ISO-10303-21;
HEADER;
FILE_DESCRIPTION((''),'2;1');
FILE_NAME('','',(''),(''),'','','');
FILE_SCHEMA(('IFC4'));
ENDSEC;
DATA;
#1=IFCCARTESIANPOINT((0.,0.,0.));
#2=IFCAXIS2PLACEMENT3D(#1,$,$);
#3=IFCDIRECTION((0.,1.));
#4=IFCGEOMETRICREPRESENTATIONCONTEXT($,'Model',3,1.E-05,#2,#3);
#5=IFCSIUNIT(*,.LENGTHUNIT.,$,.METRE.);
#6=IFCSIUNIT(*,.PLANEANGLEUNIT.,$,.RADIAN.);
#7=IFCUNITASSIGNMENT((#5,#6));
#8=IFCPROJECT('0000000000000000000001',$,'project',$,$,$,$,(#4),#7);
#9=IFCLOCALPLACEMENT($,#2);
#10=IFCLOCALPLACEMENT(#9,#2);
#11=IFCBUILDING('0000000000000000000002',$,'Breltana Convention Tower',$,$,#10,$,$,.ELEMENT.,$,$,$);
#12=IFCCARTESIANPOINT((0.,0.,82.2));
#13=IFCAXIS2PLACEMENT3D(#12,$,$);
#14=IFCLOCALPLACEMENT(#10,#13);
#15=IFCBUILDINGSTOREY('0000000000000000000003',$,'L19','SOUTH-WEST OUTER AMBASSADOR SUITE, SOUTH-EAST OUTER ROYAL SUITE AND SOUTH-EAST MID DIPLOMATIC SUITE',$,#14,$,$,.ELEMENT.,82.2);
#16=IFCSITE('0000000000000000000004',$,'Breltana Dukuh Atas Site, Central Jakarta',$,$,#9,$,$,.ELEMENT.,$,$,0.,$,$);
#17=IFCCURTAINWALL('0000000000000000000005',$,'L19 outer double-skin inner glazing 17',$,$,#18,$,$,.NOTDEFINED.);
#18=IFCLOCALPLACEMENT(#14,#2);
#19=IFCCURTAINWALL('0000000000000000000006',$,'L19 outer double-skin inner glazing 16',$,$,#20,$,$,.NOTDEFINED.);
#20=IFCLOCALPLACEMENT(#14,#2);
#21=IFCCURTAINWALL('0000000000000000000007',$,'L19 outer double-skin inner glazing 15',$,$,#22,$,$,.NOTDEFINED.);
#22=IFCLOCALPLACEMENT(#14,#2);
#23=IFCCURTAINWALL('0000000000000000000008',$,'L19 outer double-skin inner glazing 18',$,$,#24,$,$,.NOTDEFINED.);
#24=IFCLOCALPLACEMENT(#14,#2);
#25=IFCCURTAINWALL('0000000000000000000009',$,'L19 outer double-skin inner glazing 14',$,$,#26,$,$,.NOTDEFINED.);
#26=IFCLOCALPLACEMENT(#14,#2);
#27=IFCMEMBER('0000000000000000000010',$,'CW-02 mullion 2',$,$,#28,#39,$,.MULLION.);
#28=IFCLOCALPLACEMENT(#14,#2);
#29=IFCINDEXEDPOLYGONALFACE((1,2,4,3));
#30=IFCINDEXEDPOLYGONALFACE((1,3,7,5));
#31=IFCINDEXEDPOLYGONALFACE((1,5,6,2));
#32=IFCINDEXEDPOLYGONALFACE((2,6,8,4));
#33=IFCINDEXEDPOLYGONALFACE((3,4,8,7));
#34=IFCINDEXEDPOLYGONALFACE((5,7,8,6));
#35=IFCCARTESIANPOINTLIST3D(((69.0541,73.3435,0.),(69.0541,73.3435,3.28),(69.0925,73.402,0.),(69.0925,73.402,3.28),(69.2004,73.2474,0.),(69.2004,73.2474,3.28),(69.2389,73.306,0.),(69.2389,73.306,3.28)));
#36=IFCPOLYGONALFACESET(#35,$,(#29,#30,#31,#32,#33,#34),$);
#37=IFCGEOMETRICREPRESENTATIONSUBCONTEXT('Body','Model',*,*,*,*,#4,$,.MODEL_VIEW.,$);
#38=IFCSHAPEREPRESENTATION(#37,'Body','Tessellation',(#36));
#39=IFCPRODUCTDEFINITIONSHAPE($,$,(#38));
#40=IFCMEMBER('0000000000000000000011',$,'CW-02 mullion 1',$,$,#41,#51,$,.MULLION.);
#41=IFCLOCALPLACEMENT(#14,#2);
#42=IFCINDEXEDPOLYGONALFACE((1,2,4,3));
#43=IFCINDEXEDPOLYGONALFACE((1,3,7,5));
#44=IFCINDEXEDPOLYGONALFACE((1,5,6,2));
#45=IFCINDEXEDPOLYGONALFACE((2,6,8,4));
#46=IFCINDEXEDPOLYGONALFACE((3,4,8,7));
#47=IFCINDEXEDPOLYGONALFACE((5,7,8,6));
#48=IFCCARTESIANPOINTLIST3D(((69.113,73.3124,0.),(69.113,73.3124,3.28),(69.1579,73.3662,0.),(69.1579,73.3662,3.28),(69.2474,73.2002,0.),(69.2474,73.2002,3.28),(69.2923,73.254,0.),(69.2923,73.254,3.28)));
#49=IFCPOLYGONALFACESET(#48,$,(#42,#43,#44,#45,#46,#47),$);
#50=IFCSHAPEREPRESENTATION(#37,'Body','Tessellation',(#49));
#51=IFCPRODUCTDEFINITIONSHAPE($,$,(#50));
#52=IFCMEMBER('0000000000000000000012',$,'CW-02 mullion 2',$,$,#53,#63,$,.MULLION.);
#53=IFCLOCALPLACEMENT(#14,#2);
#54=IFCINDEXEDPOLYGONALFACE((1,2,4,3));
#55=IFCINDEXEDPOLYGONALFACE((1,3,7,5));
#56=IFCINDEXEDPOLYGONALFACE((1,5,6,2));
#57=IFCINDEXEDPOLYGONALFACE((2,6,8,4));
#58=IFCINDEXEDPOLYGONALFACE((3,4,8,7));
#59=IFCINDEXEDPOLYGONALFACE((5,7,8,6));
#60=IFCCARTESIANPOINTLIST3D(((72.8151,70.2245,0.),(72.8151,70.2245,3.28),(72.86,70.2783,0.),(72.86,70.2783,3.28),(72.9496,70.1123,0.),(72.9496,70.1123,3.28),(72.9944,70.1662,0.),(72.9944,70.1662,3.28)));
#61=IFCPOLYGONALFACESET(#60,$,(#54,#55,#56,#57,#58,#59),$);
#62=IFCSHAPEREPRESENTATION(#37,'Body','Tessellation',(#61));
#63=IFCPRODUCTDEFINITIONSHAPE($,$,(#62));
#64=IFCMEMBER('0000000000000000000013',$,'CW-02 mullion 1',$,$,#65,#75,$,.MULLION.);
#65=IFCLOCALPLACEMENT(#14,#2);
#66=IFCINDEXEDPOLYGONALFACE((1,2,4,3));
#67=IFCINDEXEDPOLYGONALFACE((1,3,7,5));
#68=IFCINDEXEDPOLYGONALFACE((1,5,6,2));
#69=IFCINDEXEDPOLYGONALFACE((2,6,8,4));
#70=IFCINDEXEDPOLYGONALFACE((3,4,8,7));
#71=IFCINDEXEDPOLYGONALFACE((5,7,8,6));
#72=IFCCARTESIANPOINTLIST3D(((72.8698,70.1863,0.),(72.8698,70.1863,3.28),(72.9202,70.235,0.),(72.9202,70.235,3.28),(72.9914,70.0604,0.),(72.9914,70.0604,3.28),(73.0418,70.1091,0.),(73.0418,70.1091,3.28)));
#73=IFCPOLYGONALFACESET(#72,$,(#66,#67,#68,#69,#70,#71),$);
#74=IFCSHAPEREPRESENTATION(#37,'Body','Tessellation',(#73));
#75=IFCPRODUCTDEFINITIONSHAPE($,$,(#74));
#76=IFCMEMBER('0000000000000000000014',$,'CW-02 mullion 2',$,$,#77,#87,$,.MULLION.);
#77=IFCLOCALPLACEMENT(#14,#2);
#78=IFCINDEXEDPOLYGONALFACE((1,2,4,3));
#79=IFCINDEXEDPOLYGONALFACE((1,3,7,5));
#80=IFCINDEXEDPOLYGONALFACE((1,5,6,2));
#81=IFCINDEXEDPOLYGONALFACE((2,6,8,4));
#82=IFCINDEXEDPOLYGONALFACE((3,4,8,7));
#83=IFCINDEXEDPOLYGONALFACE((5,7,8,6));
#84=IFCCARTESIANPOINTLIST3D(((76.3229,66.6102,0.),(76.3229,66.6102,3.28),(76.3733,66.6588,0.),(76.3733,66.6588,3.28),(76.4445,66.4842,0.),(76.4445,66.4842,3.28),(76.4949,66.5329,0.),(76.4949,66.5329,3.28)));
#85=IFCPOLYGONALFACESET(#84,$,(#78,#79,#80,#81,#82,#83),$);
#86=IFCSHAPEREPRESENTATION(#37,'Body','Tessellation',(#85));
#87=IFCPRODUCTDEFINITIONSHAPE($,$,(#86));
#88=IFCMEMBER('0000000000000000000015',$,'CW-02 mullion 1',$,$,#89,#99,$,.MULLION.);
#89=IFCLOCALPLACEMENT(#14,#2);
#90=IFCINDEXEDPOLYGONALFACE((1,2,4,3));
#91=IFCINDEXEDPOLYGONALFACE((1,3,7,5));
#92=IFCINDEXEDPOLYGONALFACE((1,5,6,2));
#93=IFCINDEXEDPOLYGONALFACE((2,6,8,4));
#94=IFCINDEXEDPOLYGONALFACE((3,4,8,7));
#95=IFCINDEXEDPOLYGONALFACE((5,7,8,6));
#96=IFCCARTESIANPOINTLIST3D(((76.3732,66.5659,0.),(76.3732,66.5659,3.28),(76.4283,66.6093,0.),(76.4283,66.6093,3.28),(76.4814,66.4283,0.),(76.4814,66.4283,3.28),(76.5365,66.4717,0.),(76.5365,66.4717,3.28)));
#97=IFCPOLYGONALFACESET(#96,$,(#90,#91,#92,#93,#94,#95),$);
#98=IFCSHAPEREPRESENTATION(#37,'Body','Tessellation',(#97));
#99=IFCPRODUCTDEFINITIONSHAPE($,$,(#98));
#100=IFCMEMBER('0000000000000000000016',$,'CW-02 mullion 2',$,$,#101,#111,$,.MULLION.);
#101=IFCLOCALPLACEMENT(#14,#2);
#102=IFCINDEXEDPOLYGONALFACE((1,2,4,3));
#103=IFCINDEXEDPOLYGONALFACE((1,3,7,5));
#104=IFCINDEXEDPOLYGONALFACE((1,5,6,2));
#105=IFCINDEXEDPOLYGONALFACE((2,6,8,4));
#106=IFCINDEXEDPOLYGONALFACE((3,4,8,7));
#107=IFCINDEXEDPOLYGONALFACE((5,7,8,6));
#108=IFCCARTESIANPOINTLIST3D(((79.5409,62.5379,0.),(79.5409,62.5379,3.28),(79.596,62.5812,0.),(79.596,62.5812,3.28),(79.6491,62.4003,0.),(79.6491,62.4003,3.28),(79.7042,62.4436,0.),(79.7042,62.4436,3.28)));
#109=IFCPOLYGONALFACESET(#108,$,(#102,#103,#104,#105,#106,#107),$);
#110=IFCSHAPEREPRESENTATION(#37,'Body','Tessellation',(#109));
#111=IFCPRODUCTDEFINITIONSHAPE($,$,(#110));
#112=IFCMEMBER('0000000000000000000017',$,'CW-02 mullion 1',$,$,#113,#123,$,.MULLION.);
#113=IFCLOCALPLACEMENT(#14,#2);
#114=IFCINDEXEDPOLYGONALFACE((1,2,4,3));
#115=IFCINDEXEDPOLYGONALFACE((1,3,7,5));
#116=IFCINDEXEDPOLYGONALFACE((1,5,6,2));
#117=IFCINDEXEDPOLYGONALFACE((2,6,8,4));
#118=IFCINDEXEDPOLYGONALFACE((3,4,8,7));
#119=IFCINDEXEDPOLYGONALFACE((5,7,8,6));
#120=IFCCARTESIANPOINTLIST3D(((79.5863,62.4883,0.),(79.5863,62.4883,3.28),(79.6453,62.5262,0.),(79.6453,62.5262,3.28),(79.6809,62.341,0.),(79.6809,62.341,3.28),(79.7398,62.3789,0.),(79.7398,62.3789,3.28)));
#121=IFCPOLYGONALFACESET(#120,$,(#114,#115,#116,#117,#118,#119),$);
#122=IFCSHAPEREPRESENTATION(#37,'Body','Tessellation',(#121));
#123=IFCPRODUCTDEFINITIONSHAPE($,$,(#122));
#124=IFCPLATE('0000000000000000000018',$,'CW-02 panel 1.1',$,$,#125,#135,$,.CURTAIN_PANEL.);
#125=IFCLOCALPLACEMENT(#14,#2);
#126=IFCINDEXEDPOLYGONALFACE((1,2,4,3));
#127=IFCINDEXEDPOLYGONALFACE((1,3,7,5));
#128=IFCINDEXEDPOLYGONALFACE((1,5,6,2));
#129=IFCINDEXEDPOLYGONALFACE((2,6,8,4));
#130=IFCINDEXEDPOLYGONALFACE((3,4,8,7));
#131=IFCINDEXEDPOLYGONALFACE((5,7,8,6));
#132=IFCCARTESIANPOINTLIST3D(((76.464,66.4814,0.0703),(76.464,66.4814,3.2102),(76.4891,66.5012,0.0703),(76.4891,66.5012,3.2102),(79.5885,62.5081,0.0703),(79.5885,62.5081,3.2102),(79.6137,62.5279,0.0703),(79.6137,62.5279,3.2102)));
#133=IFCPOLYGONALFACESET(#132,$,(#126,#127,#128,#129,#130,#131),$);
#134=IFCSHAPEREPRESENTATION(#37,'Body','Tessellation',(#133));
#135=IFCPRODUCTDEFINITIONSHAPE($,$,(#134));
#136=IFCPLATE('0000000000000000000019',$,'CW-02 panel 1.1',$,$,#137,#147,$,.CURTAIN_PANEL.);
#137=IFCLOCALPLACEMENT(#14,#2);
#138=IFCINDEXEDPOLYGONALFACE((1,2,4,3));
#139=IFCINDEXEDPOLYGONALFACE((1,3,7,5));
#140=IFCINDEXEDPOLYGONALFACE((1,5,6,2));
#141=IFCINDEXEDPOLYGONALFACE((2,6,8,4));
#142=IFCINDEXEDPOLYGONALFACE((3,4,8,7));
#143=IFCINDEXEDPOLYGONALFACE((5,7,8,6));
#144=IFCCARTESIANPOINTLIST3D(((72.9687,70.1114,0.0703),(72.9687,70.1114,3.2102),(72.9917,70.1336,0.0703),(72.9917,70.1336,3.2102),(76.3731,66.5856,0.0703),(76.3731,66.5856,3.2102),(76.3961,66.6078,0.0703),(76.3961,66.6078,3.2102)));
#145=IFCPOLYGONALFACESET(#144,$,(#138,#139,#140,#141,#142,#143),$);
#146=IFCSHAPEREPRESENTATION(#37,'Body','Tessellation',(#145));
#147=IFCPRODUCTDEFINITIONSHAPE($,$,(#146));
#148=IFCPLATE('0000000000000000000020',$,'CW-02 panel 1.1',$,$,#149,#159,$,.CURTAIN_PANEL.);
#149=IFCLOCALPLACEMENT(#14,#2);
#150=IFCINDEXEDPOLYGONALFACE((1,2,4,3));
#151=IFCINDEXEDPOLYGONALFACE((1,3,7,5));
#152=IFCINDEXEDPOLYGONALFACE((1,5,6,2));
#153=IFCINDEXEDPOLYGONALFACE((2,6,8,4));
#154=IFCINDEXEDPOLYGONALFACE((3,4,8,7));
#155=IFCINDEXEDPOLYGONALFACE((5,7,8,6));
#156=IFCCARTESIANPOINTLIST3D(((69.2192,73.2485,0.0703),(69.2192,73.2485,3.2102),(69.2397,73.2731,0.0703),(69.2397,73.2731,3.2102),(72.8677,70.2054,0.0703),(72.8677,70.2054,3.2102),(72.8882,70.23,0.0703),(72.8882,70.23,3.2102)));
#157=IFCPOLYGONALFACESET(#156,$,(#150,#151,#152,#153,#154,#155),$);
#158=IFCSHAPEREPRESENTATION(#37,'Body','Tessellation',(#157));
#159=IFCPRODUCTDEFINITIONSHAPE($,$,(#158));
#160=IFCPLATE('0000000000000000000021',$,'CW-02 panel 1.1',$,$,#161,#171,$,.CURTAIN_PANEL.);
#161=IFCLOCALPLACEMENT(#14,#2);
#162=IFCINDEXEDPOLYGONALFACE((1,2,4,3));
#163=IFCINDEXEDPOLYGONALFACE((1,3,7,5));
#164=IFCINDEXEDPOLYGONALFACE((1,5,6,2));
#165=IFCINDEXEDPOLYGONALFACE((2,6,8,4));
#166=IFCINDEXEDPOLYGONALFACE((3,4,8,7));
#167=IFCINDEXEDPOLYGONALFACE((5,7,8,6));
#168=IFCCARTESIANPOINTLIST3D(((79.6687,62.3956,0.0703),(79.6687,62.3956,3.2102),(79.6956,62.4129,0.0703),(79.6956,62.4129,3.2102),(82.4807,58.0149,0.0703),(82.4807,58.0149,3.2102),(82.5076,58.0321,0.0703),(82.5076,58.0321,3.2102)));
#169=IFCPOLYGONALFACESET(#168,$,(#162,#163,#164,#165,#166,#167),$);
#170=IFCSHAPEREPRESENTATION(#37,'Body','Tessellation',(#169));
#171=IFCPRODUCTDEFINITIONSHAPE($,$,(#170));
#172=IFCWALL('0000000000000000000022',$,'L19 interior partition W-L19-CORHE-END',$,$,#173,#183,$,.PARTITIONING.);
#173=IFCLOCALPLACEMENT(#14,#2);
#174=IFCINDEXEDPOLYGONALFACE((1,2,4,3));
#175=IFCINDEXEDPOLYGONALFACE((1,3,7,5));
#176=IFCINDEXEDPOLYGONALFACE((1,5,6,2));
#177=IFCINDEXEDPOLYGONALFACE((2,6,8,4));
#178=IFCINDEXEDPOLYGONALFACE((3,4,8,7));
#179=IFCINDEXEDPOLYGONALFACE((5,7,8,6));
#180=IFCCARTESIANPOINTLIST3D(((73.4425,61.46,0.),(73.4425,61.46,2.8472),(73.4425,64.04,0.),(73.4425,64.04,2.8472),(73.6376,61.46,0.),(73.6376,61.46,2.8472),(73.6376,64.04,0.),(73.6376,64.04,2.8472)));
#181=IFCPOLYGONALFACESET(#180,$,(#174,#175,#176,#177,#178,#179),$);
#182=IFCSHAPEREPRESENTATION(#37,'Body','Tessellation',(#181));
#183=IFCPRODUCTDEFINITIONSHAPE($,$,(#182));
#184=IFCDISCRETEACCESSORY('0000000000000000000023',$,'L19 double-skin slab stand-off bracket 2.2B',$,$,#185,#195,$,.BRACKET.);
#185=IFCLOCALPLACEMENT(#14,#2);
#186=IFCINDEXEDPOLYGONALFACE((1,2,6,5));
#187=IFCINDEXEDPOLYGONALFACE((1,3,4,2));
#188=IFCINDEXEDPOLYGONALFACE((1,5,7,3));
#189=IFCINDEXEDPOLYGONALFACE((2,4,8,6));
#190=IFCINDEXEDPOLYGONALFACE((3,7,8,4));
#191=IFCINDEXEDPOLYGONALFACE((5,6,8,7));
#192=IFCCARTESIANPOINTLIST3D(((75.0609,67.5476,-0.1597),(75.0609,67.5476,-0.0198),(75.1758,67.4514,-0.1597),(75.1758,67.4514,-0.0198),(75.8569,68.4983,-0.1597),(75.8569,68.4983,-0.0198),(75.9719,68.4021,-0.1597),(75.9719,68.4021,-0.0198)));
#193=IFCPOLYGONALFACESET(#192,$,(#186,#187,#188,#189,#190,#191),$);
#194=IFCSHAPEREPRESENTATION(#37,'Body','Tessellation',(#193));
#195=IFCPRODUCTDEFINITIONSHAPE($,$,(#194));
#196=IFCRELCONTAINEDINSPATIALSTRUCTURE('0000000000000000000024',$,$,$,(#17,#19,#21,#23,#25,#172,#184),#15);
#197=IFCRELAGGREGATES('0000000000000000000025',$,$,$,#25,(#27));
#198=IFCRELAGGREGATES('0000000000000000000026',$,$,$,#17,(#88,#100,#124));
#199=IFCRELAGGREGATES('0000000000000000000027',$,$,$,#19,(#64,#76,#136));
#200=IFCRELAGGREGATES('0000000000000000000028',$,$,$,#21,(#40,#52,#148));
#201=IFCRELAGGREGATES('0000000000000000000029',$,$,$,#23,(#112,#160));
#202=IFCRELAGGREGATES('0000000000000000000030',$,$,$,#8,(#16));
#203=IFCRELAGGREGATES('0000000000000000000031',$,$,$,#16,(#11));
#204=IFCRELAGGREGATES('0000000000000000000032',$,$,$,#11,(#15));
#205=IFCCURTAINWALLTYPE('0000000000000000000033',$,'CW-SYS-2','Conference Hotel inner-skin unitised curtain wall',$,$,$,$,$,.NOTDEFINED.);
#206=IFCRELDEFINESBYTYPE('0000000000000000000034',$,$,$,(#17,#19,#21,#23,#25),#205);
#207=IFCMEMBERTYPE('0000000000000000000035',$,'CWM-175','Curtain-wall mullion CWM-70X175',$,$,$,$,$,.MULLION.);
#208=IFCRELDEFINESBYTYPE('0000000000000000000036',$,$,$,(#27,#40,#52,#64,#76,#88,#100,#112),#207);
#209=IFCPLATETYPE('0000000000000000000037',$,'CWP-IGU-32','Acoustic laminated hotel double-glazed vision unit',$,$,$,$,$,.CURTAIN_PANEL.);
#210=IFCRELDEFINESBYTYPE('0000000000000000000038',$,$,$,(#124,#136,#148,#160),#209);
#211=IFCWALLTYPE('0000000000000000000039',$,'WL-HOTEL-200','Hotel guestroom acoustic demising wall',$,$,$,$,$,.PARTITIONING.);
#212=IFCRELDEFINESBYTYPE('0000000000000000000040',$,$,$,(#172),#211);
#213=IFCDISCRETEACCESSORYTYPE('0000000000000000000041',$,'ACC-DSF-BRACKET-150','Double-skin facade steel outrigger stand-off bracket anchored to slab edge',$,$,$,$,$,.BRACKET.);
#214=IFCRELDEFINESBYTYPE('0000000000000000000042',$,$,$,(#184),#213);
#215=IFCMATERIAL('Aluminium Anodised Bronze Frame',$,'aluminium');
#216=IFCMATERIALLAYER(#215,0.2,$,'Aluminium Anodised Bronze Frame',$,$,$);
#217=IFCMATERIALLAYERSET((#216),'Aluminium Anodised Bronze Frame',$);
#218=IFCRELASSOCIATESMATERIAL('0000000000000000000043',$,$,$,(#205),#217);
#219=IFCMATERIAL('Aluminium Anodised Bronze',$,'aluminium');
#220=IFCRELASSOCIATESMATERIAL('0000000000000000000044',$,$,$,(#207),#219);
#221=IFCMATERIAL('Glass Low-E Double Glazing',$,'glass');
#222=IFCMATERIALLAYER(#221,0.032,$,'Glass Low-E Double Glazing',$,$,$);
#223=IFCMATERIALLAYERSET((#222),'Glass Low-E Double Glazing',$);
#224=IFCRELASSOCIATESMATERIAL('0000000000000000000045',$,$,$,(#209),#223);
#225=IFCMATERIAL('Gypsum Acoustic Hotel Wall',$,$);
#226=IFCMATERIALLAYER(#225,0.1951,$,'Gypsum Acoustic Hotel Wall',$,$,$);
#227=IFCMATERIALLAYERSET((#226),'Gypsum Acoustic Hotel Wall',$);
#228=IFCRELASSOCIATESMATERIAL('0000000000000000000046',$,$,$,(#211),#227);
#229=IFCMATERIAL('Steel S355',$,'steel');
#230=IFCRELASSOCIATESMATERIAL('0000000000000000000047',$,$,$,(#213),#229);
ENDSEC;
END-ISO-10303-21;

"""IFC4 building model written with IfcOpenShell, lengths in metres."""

from ifc_helpers import new_model, si_unit, direction, frame, frame_2d, origin, origin_2d, place, context, subcontext, project, spatial, rectangle, extrude, source, transform, mapped, material, layer, layer_set, material_profile, profile_set, type_object, type_shapes, element, aggregate, save


model = new_model("IFC4")

# Units and contexts
model_context = context("Model", 3, precision=1e-05, world=origin(), true_north=direction((0.0, 1.0)))
body_context = subcontext(model_context, "Body", "Model", "MODEL_VIEW")
ifc_project = project(units=[si_unit("LENGTHUNIT", "METRE"), si_unit("PLANEANGLEUNIT", "RADIAN")], contexts=[model_context])

# Site, building, storey
site_placement = place(None, origin())
site = spatial("IfcSite", under=ifc_project, at=site_placement, Name="Breltana Dukuh Atas Site, Central Jakarta", CompositionType="ELEMENT", RefElevation=0.0)
building_placement = place(site_placement, origin())
building = spatial("IfcBuilding", under=site, at=building_placement, Name="Breltana Convention Tower", CompositionType="ELEMENT")
storey_placement = place(building_placement, frame((0.0, 0.0, 82.2)))
storey = spatial("IfcBuildingStorey", under=building, at=storey_placement, Name="L19", Description="SOUTH-WEST OUTER AMBASSADOR SUITE, SOUTH-EAST OUTER ROYAL SUITE AND SOUTH-EAST MID DIPLOMATIC SUITE", CompositionType="ELEMENT", Elevation=82.2)

# Curtain walls
ifc_material_1 = material(Name="Aluminium Anodised Bronze Frame", Category="aluminium")
ifc_layer_1 = layer(ifc_material_1, 0.2, Name="Aluminium Anodised Bronze Frame")
ifc_layer_set_1 = layer_set([ifc_layer_1], Name="Aluminium Anodised Bronze Frame")
curtain_wall_type = type_object("IfcCurtainWallType", Name="CW-SYS-2", Description="Conference Hotel inner-skin unitised curtain wall", PredefinedType="NOTDEFINED", material=ifc_layer_set_1)
curtain_wall_1_placement = place(storey_placement, origin())
curtain_wall_1 = element("IfcCurtainWall", 1, at=curtain_wall_1_placement, inside=storey, type_object=curtain_wall_type, Name="L19 outer double-skin inner glazing 17", PredefinedType="NOTDEFINED")
ifc_material_2 = material(Name="Aluminium Anodised Bronze", Category="aluminium")
curtain_wall_2_placement = place(storey_placement, origin())
curtain_wall_2 = element("IfcCurtainWall", 2, at=curtain_wall_2_placement, inside=storey, type_object=curtain_wall_type, Name="L19 outer double-skin inner glazing 16", PredefinedType="NOTDEFINED")
curtain_wall_3_placement = place(storey_placement, origin())
curtain_wall_3 = element("IfcCurtainWall", 3, at=curtain_wall_3_placement, inside=storey, type_object=curtain_wall_type, Name="L19 outer double-skin inner glazing 15", PredefinedType="NOTDEFINED")
curtain_wall_4_placement = place(storey_placement, origin())
curtain_wall_4 = element("IfcCurtainWall", 4, at=curtain_wall_4_placement, inside=storey, type_object=curtain_wall_type, Name="L19 outer double-skin inner glazing 18", PredefinedType="NOTDEFINED")

# Curtain wall, member
curtain_wall_5_placement = place(storey_placement, origin())
curtain_wall_5 = element("IfcCurtainWall", 5, at=curtain_wall_5_placement, inside=storey, type_object=curtain_wall_type, Name="L19 outer double-skin inner glazing 14", PredefinedType="NOTDEFINED")
ifc_material_profile_1 = material_profile(ifc_material_2, rectangle(XDim=0.0701, YDim=0.175, at=origin_2d()), Name="CWM-70X175")
ifc_profile_set_1 = profile_set([ifc_material_profile_1], Name="Aluminium Anodised Bronze")
member_type_1 = type_object("IfcMemberType", Name="CWM-175", Description="Curtain-wall mullion CWM-70X175", PredefinedType="MULLION", material=ifc_profile_set_1)
shared_shape_1 = source(origin(), body_context, "Body", "SweptSolid", [
    extrude(rectangle(XDim=0.0701, YDim=0.175, at=origin_2d()), origin(), (0.0, 0.0, 1.0), 3.28),
])
member_1_placement = place(storey_placement, frame((69.1465, 73.3247, 0.0), z_axis=(0.0, 0.0, 1.0), x_axis=(0.548784, 0.835964, 0.0)))
member_1 = element("IfcMember", 6, at=member_1_placement, type_object=member_type_1, Name="CW-02 mullion 2", PredefinedType="MULLION", context=body_context, shape_type="MappedRepresentation", body=[
    mapped(shared_shape_1, transform((0.0, 0.0, 0.0), scale=1.0)),
])
aggregate(curtain_wall_5, [member_1])

# Members
member_2_placement = place(storey_placement, frame((69.2026, 73.2832, 0.0), z_axis=(0.0, 0.0, 1.0), x_axis=(0.64052, 0.767941, 0.0)))
member_2 = element("IfcMember", 7, at=member_2_placement, type_object=member_type_1, Name="CW-02 mullion 1", PredefinedType="MULLION", context=body_context, shape_type="MappedRepresentation", body=[
    mapped(shared_shape_1, transform((0.0, 0.0, 0.0), scale=1.0)),
])
member_3_placement = place(storey_placement, frame((72.9048, 70.1953, 0.0), z_axis=(0.0, 0.0, 1.0), x_axis=(0.64052, 0.767941, 0.0)))
member_3 = element("IfcMember", 8, at=member_3_placement, type_object=member_type_1, Name="CW-02 mullion 2", PredefinedType="MULLION", context=body_context, shape_type="MappedRepresentation", body=[
    mapped(shared_shape_1, transform((0.0, 0.0, 0.0), scale=1.0)),
])
member_4_placement = place(storey_placement, frame((72.9558, 70.1477, 0.0), z_axis=(0.0, 0.0, 1.0), x_axis=(0.719386, 0.69461, 0.0)))
member_4 = element("IfcMember", 9, at=member_4_placement, type_object=member_type_1, Name="CW-02 mullion 1", PredefinedType="MULLION", context=body_context, shape_type="MappedRepresentation", body=[
    mapped(shared_shape_1, transform((0.0, 0.0, 0.0), scale=1.0)),
])
member_5_placement = place(storey_placement, frame((76.4089, 66.5715, 0.0), z_axis=(0.0, 0.0, 1.0), x_axis=(0.719386, 0.69461, 0.0)))
member_5 = element("IfcMember", 10, at=member_5_placement, type_object=member_type_1, Name="CW-02 mullion 2", PredefinedType="MULLION", context=body_context, shape_type="MappedRepresentation", body=[
    mapped(shared_shape_1, transform((0.0, 0.0, 0.0), scale=1.0)),
])
member_6_placement = place(storey_placement, frame((76.4548, 66.5188, 0.0), z_axis=(0.0, 0.0, 1.0), x_axis=(0.786057, 0.618154, 0.0)))
member_6 = element("IfcMember", 11, at=member_6_placement, type_object=member_type_1, Name="CW-02 mullion 1", PredefinedType="MULLION", context=body_context, shape_type="MappedRepresentation", body=[
    mapped(shared_shape_1, transform((0.0, 0.0, 0.0), scale=1.0)),
])
member_7_placement = place(storey_placement, frame((79.6226, 62.4907, 0.0), z_axis=(0.0, 0.0, 1.0), x_axis=(0.786057, 0.618154, 0.0)))
member_7 = element("IfcMember", 12, at=member_7_placement, type_object=member_type_1, Name="CW-02 mullion 2", PredefinedType="MULLION", context=body_context, shape_type="MappedRepresentation", body=[
    mapped(shared_shape_1, transform((0.0, 0.0, 0.0), scale=1.0)),
])
member_8_placement = place(storey_placement, frame((79.6631, 62.4336, 0.0), z_axis=(0.0, 0.0, 1.0), x_axis=(0.841549, 0.540181, 0.0)))
member_8 = element("IfcMember", 13, at=member_8_placement, type_object=member_type_1, Name="CW-02 mullion 1", PredefinedType="MULLION", context=body_context, shape_type="MappedRepresentation", body=[
    mapped(shared_shape_1, transform((0.0, 0.0, 0.0), scale=1.0)),
])

# Plates
ifc_material_3 = material(Name="Glass Low-E Double Glazing", Category="glass")
ifc_layer_2 = layer(ifc_material_3, 0.032, Name="Glass Low-E Double Glazing")
ifc_layer_set_2 = layer_set([ifc_layer_2], Name="Glass Low-E Double Glazing")
plate_type = type_object("IfcPlateType", Name="CWP-IGU-32", Description="Acoustic laminated hotel double-glazed vision unit", PredefinedType="CURTAIN_PANEL", material=ifc_layer_set_2)
shared_shape_2 = source(origin(), body_context, "Body", "SweptSolid", [
    extrude(rectangle(XDim=5.0547, YDim=0.032, at=origin_2d()), origin(), (0.0, 0.0, 1.0), 3.1399),
])
plate_1_placement = place(storey_placement, frame((78.0388, 64.5046, 0.0703), z_axis=(0.0, 0.0, 1.0), x_axis=(0.618154, -0.786057, 0.0)))
plate_1 = element("IfcPlate", 14, at=plate_1_placement, type_object=plate_type, Name="CW-02 panel 1.1", PredefinedType="CURTAIN_PANEL", context=body_context, shape_type="MappedRepresentation", body=[
    mapped(shared_shape_2, transform((0.0, 0.0, 0.0), scale=1.0)),
])
aggregate(curtain_wall_1, [member_6, member_7, plate_1])
shared_shape_3 = source(origin(), body_context, "Body", "SweptSolid", [
    extrude(rectangle(XDim=4.9011, YDim=0.032, at=origin_2d()), origin(), (0.0, 0.0, 1.0), 3.1399),
])
plate_2_placement = place(storey_placement, frame((74.6824, 68.3596, 0.0703), z_axis=(0.0, 0.0, 1.0), x_axis=(0.69461, -0.719386, 0.0)))
plate_2 = element("IfcPlate", 15, at=plate_2_placement, type_object=plate_type, Name="CW-02 panel 1.1", PredefinedType="CURTAIN_PANEL", context=body_context, shape_type="MappedRepresentation", body=[
    mapped(shared_shape_3, transform((0.0, 0.0, 0.0), scale=1.0)),
])
aggregate(curtain_wall_2, [member_4, member_5, plate_2])
shared_shape_4 = source(origin(), body_context, "Body", "SweptSolid", [
    extrude(rectangle(XDim=4.751, YDim=0.032, at=origin_2d()), origin(), (0.0, 0.0, 1.0), 3.1399),
])
plate_3_placement = place(storey_placement, frame((71.0537, 71.7393, 0.0703), z_axis=(0.0, 0.0, 1.0), x_axis=(0.767941, -0.64052, 0.0)))
plate_3 = element("IfcPlate", 16, at=plate_3_placement, type_object=plate_type, Name="CW-02 panel 1.1", PredefinedType="CURTAIN_PANEL", context=body_context, shape_type="MappedRepresentation", body=[
    mapped(shared_shape_4, transform((0.0, 0.0, 0.0), scale=1.0)),
])
aggregate(curtain_wall_3, [member_2, member_3, plate_3])
shared_shape_5 = source(origin(), body_context, "Body", "SweptSolid", [
    extrude(rectangle(XDim=5.2056, YDim=0.032, at=origin_2d()), origin(), (0.0, 0.0, 1.0), 3.1399),
])
plate_4_placement = place(storey_placement, frame((81.0881, 60.2139, 0.0703), z_axis=(0.0, 0.0, 1.0), x_axis=(0.540181, -0.841549, 0.0)))
plate_4 = element("IfcPlate", 17, at=plate_4_placement, type_object=plate_type, Name="CW-02 panel 1.1", PredefinedType="CURTAIN_PANEL", context=body_context, shape_type="MappedRepresentation", body=[
    mapped(shared_shape_5, transform((0.0, 0.0, 0.0), scale=1.0)),
])
aggregate(curtain_wall_4, [member_8, plate_4])

# Wall
ifc_material_4 = material(Name="Gypsum Acoustic Hotel Wall")
ifc_layer_3 = layer(ifc_material_4, 0.1951, Name="Gypsum Acoustic Hotel Wall")
ifc_layer_set_3 = layer_set([ifc_layer_3], Name="Gypsum Acoustic Hotel Wall")
wall_type = type_object("IfcWallType", Name="WL-HOTEL-200", Description="Hotel guestroom acoustic demising wall", PredefinedType="PARTITIONING", material=ifc_layer_set_3)
shared_shape_6 = source(origin(), body_context, "Body", "SweptSolid", [
    extrude(rectangle(XDim=2.5801, YDim=0.1951, at=frame_2d((1.29, 0.0))), origin(), (0.0, 0.0, 1.0), 2.8472),
])
wall_placement = place(storey_placement, frame((73.54, 61.46, 0.0), z_axis=(0.0, 0.0, 1.0), x_axis=(0.0, 1.0, 0.0)))
element("IfcWall", 18, at=wall_placement, inside=storey, type_object=wall_type, Name="L19 interior partition W-L19-CORHE-END", PredefinedType="PARTITIONING", context=body_context, shape_type="MappedRepresentation", body=[
    mapped(shared_shape_6, transform((0.0, 0.0, 0.0), scale=1.0)),
])

# Discrete accessory
ifc_material_5 = material(Name="Steel S355", Category="steel")
discrete_accessory_type_1 = type_object("IfcDiscreteAccessoryType", Name="ACC-DSF-BRACKET-150", Description="Double-skin facade steel outrigger stand-off bracket anchored to slab edge", PredefinedType="BRACKET", material=ifc_material_5)
shared_shape_7 = source(origin(), body_context, "Body", "SweptSolid", [
    extrude(rectangle(XDim=1.24, YDim=0.1499, at=origin_2d()), origin(), (0.0, 0.0, 1.0), 0.1399),
])
type_shapes(discrete_accessory_type_1, [shared_shape_7])
for number, where, z_axis, x_axis, name in (
    (19, (75.5164, 67.9749, -0.1597), (0.0, 0.0, 1.0), (0.64199, 0.766713, 0.0), "L19 double-skin slab stand-off bracket 2.2B"),
):
    element("IfcDiscreteAccessory", number, at=place(storey_placement, frame(where, z_axis=z_axis, x_axis=x_axis)), inside=storey, type_object=discrete_accessory_type_1, Name=name, PredefinedType="BRACKET", context=body_context, shape_type="MappedRepresentation", body=[
        mapped(shared_shape_7, transform((0.0, 0.0, 0.0), scale=1.0)),
    ])

save(model, "model.ifc")
